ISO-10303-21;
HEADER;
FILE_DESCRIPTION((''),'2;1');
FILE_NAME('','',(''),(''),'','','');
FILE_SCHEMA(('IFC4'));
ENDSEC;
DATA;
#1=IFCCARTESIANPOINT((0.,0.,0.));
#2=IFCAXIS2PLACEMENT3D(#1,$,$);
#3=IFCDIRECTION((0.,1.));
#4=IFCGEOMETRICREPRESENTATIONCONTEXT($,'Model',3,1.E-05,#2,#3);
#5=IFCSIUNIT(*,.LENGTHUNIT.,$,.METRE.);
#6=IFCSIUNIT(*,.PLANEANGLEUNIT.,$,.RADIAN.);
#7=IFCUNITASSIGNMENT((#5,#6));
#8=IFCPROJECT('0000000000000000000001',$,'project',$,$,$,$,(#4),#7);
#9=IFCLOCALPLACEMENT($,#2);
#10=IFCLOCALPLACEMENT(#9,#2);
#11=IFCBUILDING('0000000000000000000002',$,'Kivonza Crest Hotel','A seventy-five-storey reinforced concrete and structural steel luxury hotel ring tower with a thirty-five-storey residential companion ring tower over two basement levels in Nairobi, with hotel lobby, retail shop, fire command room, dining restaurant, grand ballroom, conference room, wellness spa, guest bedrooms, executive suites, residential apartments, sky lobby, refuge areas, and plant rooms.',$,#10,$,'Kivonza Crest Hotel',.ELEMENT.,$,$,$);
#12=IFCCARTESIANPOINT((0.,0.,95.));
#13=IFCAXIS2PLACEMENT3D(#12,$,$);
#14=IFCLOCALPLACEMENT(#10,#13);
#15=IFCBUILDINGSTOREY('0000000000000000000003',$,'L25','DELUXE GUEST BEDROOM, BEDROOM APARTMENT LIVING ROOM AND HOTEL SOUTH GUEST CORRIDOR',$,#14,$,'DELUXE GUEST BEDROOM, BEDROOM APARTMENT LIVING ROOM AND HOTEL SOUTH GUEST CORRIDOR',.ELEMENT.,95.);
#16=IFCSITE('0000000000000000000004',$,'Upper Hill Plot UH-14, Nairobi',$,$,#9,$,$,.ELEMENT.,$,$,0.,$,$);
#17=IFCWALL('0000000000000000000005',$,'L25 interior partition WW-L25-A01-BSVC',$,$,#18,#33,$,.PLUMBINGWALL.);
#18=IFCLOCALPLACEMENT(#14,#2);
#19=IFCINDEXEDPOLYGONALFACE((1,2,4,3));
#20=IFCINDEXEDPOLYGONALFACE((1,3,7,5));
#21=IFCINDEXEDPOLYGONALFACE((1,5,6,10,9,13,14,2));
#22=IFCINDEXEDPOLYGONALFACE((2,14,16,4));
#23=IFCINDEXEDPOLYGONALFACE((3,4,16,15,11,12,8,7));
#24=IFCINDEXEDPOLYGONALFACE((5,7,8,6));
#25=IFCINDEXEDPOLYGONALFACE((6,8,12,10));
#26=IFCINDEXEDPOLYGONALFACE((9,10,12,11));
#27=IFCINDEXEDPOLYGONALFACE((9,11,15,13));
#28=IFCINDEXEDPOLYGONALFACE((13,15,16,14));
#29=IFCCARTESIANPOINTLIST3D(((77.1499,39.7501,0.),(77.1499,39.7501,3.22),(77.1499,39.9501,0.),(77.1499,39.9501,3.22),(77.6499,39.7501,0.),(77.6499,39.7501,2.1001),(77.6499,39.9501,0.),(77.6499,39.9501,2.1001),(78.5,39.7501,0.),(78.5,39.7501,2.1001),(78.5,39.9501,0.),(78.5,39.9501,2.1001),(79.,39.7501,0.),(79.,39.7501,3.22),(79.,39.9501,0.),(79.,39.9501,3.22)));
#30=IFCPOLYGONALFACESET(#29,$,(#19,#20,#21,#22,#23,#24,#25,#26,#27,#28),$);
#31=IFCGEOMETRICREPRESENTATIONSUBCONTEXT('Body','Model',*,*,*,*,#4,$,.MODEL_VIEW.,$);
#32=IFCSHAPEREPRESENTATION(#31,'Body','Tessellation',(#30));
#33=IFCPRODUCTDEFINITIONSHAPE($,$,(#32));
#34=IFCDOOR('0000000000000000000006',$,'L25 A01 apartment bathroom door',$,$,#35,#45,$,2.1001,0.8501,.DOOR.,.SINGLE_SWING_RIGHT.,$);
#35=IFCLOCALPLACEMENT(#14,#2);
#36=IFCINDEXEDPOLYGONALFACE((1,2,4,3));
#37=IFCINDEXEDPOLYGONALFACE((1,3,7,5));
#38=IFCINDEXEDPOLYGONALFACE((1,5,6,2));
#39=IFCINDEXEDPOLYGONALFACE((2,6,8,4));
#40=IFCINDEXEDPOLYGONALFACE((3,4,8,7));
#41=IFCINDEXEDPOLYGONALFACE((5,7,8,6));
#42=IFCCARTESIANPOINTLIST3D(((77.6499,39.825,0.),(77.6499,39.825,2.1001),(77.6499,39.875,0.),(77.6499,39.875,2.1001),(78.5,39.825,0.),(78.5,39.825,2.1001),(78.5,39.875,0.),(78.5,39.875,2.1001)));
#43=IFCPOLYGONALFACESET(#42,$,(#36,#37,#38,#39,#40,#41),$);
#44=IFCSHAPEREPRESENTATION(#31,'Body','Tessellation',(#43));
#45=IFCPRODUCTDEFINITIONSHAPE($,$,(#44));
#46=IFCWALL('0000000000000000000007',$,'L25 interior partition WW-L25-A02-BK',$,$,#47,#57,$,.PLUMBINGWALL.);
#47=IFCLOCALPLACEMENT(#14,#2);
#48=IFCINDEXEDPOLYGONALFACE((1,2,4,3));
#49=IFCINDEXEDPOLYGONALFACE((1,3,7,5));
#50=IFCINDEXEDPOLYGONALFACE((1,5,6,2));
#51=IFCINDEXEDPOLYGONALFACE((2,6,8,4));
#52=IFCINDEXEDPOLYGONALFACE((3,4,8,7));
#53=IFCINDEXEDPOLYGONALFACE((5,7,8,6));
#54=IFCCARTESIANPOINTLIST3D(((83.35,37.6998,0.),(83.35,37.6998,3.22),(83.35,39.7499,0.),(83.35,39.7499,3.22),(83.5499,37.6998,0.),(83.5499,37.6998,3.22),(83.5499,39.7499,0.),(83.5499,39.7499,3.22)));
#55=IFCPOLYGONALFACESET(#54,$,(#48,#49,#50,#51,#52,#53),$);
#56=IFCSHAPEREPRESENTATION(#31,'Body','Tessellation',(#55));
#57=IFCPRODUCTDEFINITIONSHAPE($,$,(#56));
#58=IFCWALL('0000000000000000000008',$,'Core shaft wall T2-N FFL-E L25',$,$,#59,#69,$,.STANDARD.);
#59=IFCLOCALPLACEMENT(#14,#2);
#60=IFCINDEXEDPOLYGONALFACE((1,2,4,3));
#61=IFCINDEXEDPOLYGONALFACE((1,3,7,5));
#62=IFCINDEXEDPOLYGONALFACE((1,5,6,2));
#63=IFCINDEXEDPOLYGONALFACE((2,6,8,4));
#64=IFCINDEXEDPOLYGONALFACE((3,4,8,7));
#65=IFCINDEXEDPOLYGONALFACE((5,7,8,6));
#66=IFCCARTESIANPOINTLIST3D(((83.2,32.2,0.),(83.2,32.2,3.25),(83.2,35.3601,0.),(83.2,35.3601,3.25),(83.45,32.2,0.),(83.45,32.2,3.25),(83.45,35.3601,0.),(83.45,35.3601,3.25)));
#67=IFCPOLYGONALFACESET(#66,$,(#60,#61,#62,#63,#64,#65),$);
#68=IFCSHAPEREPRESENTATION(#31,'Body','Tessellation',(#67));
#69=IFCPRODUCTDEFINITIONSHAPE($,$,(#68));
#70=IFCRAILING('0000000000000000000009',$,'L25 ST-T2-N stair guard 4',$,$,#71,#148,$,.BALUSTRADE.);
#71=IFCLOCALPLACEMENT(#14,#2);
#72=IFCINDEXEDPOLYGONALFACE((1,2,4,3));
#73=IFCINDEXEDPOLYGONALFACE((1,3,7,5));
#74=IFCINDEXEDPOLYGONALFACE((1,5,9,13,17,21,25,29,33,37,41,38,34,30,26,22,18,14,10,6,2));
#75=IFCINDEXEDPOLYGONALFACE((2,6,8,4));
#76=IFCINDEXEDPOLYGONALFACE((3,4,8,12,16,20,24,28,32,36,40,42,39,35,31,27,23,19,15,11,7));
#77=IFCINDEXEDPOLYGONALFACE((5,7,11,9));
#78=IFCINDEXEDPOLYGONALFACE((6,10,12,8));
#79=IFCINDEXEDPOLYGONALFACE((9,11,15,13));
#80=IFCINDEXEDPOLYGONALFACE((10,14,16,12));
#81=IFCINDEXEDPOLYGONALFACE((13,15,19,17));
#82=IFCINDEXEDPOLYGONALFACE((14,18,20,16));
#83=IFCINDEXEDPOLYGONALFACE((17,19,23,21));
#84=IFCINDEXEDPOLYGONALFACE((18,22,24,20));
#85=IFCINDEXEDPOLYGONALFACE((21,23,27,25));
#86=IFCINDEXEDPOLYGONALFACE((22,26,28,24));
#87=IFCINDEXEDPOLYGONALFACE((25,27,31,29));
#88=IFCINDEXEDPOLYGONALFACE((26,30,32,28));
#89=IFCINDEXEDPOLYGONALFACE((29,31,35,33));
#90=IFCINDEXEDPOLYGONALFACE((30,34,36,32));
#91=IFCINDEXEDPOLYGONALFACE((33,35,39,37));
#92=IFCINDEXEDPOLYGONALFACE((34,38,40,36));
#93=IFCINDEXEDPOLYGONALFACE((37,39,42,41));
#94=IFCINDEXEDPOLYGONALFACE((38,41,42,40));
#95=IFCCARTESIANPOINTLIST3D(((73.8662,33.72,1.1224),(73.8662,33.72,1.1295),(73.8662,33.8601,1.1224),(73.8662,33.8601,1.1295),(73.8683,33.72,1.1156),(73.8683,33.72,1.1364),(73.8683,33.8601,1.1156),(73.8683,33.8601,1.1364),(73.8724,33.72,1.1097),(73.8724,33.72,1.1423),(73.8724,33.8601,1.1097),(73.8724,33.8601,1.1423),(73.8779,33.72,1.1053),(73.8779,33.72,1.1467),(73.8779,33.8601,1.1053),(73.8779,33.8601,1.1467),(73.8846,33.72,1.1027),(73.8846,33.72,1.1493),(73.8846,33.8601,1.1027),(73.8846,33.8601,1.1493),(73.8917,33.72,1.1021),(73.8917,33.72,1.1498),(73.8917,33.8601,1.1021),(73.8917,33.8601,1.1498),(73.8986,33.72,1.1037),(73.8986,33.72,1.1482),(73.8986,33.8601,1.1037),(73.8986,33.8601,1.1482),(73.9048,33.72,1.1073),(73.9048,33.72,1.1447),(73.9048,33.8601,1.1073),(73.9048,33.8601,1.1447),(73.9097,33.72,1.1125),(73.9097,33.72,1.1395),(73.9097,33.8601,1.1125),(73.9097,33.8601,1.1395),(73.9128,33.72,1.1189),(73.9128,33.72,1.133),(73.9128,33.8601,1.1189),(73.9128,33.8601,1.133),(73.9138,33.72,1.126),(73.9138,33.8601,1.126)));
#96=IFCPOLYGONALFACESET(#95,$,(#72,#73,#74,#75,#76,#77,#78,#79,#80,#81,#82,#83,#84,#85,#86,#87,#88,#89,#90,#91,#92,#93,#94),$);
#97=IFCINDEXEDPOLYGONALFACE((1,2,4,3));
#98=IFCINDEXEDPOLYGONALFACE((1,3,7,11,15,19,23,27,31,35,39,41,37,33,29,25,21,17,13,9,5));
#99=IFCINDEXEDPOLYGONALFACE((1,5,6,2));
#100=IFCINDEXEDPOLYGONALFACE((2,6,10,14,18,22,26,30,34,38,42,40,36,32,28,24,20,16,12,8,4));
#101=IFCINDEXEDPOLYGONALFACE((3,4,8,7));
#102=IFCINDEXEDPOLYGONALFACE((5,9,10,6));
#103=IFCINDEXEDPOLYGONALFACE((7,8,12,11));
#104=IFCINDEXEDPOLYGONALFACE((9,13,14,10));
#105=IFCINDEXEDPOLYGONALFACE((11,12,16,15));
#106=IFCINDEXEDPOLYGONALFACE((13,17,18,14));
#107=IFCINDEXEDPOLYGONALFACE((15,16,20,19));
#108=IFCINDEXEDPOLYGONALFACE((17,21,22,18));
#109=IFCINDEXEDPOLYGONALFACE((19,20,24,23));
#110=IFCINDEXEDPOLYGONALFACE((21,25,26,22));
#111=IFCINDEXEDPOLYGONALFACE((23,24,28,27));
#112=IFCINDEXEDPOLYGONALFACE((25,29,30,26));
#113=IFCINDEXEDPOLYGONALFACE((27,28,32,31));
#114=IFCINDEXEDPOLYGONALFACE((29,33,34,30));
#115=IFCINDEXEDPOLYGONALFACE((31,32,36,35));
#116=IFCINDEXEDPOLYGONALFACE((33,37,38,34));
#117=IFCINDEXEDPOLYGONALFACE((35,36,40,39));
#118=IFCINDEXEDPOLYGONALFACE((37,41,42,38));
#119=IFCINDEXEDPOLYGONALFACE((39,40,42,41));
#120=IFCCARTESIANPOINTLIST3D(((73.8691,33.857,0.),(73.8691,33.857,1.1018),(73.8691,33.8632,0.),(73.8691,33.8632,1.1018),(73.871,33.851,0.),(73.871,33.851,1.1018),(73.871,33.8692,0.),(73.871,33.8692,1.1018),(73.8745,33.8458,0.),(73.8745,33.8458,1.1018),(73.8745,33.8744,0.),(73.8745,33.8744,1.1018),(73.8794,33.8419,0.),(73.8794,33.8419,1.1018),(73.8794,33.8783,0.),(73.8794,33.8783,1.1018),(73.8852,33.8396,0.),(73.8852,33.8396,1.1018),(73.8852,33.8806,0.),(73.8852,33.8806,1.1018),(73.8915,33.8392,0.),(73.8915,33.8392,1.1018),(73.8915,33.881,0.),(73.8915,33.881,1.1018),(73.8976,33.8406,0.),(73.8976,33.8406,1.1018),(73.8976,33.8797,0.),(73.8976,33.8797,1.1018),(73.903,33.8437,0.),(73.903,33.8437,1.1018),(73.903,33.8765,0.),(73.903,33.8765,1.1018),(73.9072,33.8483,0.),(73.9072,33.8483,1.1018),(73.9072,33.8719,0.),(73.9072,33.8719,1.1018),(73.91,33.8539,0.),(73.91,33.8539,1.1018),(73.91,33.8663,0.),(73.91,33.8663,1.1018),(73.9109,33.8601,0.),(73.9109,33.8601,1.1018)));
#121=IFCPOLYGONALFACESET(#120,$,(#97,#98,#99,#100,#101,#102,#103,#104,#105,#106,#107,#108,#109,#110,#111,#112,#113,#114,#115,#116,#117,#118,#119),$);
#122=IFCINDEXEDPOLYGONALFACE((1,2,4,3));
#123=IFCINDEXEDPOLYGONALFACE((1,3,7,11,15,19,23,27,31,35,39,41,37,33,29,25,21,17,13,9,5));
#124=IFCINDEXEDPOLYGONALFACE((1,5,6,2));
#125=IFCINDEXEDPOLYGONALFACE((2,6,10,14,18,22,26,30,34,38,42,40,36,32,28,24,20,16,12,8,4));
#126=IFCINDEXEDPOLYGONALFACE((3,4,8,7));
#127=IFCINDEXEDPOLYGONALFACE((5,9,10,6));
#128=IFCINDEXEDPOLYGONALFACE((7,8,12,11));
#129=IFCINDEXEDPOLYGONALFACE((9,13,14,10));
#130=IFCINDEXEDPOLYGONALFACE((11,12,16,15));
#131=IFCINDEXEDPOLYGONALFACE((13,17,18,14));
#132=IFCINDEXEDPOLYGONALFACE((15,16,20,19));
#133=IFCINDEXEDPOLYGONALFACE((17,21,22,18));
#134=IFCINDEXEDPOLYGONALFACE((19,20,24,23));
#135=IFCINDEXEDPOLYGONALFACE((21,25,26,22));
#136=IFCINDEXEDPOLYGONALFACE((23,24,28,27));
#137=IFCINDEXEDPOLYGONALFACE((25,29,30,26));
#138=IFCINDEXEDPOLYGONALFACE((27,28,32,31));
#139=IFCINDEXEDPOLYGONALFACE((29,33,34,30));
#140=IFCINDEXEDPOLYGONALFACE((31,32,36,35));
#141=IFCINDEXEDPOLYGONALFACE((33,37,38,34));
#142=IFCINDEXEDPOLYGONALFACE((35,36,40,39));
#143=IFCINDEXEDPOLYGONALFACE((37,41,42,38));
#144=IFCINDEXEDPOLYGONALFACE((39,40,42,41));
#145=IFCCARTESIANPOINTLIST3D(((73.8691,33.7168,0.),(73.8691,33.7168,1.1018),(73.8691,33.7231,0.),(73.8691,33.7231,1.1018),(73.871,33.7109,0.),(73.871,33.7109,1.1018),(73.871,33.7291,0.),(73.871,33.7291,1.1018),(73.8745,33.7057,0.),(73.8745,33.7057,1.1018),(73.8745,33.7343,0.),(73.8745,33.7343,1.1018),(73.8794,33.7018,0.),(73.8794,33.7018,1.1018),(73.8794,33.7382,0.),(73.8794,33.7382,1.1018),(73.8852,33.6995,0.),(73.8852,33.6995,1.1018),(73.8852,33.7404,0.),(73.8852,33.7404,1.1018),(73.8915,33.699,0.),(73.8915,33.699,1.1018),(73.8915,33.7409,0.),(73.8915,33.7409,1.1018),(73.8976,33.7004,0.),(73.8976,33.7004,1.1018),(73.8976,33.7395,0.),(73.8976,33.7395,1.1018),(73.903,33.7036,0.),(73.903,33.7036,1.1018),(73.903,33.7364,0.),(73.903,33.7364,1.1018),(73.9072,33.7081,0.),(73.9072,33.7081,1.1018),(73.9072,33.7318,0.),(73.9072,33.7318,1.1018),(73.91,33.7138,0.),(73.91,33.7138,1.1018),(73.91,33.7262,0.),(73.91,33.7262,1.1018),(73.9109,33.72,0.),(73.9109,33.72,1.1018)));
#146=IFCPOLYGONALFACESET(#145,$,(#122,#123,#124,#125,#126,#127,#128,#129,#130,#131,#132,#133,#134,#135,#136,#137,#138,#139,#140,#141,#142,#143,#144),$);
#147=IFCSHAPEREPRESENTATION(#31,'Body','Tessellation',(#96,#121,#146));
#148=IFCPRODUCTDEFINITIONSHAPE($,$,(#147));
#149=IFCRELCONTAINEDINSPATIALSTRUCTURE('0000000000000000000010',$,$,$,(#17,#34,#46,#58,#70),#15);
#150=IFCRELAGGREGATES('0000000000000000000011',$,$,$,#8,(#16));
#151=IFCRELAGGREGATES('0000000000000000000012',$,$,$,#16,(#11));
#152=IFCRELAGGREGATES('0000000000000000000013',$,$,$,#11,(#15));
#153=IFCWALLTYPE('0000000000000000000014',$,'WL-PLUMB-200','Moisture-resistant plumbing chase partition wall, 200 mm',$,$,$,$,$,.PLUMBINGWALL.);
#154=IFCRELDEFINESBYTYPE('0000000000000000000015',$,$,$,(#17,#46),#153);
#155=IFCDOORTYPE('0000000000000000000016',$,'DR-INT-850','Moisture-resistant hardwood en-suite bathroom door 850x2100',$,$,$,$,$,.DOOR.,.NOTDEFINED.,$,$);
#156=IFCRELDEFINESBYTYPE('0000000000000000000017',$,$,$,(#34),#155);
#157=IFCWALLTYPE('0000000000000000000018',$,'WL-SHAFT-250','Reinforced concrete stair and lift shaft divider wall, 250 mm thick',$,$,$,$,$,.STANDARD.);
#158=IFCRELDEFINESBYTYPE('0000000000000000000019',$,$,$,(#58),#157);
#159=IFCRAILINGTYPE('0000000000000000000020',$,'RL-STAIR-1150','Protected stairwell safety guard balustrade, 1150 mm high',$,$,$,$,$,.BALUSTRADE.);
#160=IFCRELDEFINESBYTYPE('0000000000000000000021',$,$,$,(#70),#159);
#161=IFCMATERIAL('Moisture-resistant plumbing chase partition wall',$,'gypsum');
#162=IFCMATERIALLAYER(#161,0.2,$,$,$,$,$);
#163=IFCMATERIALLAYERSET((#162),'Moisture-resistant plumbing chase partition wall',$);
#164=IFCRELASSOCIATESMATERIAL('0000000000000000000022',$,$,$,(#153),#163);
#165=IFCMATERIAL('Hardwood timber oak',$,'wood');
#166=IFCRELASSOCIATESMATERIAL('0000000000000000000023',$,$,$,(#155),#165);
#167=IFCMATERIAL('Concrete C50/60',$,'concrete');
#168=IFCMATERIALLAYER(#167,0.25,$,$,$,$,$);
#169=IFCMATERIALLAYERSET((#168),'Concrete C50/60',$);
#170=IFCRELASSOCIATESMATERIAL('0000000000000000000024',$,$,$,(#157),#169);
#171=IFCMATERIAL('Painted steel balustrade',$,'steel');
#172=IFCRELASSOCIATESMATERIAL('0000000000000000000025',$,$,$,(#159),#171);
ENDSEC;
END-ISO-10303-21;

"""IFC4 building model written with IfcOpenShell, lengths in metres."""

from ifc_helpers import new_model, si_unit, direction, frame, frame_2d, origin, origin_2d, place, context, subcontext, project, spatial, rectangle, circle, extrude, material, layer, layer_set, type_object, element, fill, save


model = new_model("IFC4")

# Units and contexts
model_context = context("Model", 3, precision=1e-05, world=origin(), true_north=direction((0.0, 1.0)))
body_context = subcontext(model_context, "Body", "Model", "MODEL_VIEW")
ifc_project = project(units=[si_unit("LENGTHUNIT", "METRE"), si_unit("PLANEANGLEUNIT", "RADIAN")], contexts=[model_context])

# Site, building, storey
site_placement = place(None, origin())
site = spatial("IfcSite", under=ifc_project, at=site_placement, Name="Upper Hill Plot UH-14, Nairobi", CompositionType="ELEMENT", RefElevation=0.0)
building_placement = place(site_placement, origin())
building = spatial("IfcBuilding", under=site, at=building_placement, Name="Kivonza Crest Hotel", Description="A seventy-five-storey reinforced concrete and structural steel luxury hotel ring tower with a thirty-five-storey residential companion ring tower over two basement levels in Nairobi, with hotel lobby, retail shop, fire command room, dining restaurant, grand ballroom, conference room, wellness spa, guest bedrooms, executive suites, residential apartments, sky lobby, refuge areas, and plant rooms.", LongName="Kivonza Crest Hotel", CompositionType="ELEMENT")
storey_placement = place(building_placement, frame((0.0, 0.0, 95.0)))
storey = spatial("IfcBuildingStorey", under=building, at=storey_placement, Name="L25", Description="DELUXE GUEST BEDROOM, BEDROOM APARTMENT LIVING ROOM AND HOTEL SOUTH GUEST CORRIDOR", LongName="DELUXE GUEST BEDROOM, BEDROOM APARTMENT LIVING ROOM AND HOTEL SOUTH GUEST CORRIDOR", CompositionType="ELEMENT", Elevation=95.0)

# Shared definitions
ifc_material_1 = material(Name="Hardwood timber oak", Category="wood")

# Shared definitions
ifc_material_2 = material(Name="Moisture-resistant plumbing chase partition wall", Category="gypsum")
ifc_layer_1 = layer(ifc_material_2, 0.2)
ifc_layer_set_1 = layer_set([ifc_layer_1], Name="Moisture-resistant plumbing chase partition wall")
wall_type_1 = type_object("IfcWallType", Name="WL-PLUMB-200", Description="Moisture-resistant plumbing chase partition wall, 200 mm", PredefinedType="PLUMBINGWALL", material=ifc_layer_set_1)

# Wall, opening, door
wall_1_placement = place(storey_placement, frame((77.1499, 39.8501, 0.0), z_axis=(0.0, 0.0, 1.0), x_axis=(1.0, 0.0, 0.0)))
wall_1 = element("IfcWall", 1, at=wall_1_placement, inside=storey, type_object=wall_type_1, Name="L25 interior partition WW-L25-A01-BSVC", PredefinedType="PLUMBINGWALL", context=body_context, shape_type="SweptSolid", body=[
    extrude(rectangle(XDim=1.8501, YDim=0.2, at=frame_2d((0.925, 0.0))), origin(), (0.0, 0.0, 1.0), 3.22),
])
opening_1_placement = place(wall_1_placement, frame((0.5, 0.0, 0.0)))
opening_1 = element("IfcOpeningElement", 2, at=opening_1_placement, cuts=wall_1, PredefinedType="OPENING", context=body_context, shape_type="SweptSolid", body=[
    extrude(rectangle(XDim=0.8501, YDim=2.1001, at=frame_2d((0.425, 1.05))), frame((0.0, 0.1099, 0.0), z_axis=(0.0, -1.0, 0.0), x_axis=(1.0, 0.0, 0.0)), (0.0, 0.0, 1.0), 0.22),
])
door_type_1 = type_object("IfcDoorType", Name="DR-INT-850", Description="Moisture-resistant hardwood en-suite bathroom door 850x2100", OperationType="NOTDEFINED", PredefinedType="DOOR", material=ifc_material_1)
door_1_placement = place(opening_1_placement, origin())
door_1 = element("IfcDoor", 3, at=door_1_placement, inside=storey, type_object=door_type_1, Name="L25 A01 apartment bathroom door", OperationType="SINGLE_SWING_RIGHT", OverallHeight=2.1001, OverallWidth=0.8501, PredefinedType="DOOR", context=body_context, shape_type="SweptSolid", body=[
    extrude(rectangle(XDim=0.8501, YDim=2.1001, at=frame_2d((0.425, 1.05))), frame((0.0, 0.0249, 0.0), z_axis=(0.0, -1.0, 0.0), x_axis=(1.0, 0.0, 0.0)), (0.0, 0.0, 1.0), 0.05),
])
fill(opening_1, door_1)

# Wall
wall_2_placement = place(storey_placement, frame((83.45, 37.7, 0.0), z_axis=(0.0, 0.0, 1.0), x_axis=(0.0, 1.0, 0.0)))
element("IfcWall", 4, at=wall_2_placement, inside=storey, type_object=wall_type_1, Name="L25 interior partition WW-L25-A02-BK", PredefinedType="PLUMBINGWALL", context=body_context, shape_type="SweptSolid", body=[
    extrude(rectangle(XDim=2.05, YDim=0.2, at=frame_2d((1.0249, 0.0))), origin(), (0.0, 0.0, 1.0), 3.22),
])

# Shared definitions
ifc_material_3 = material(Name="Concrete C50/60", Category="concrete")
ifc_layer_2 = layer(ifc_material_3, 0.25)
ifc_layer_set_2 = layer_set([ifc_layer_2], Name="Concrete C50/60")
wall_type_2 = type_object("IfcWallType", Name="WL-SHAFT-250", Description="Reinforced concrete stair and lift shaft divider wall, 250 mm thick", PredefinedType="STANDARD", material=ifc_layer_set_2)

# Wall
wall_3_placement = place(storey_placement, frame((83.325, 32.2, 0.0), z_axis=(0.0, 0.0, 1.0), x_axis=(0.0, 1.0, 0.0)))
element("IfcWall", 5, at=wall_3_placement, inside=storey, type_object=wall_type_2, Name="Core shaft wall T2-N FFL-E L25", PredefinedType="STANDARD", context=body_context, shape_type="SweptSolid", body=[
    extrude(rectangle(XDim=3.1602, YDim=0.25, at=frame_2d((1.5801, 0.0))), origin(), (0.0, 0.0, 1.0), 3.25),
])

# Railing
ifc_material_4 = material(Name="Painted steel balustrade", Category="steel")
railing_type = type_object("IfcRailingType", Name="RL-STAIR-1150", Description="Protected stairwell safety guard balustrade, 1150 mm high", PredefinedType="BALUSTRADE", material=ifc_material_4)
railing_placement = place(storey_placement, frame((73.8899, 33.8601, 0.0)))
element("IfcRailing", 6, at=railing_placement, inside=storey, type_object=railing_type, Name="L25 ST-T2-N stair guard 4", PredefinedType="BALUSTRADE", context=body_context, shape_type="SweptSolid", body=[
    extrude(circle(Radius=0.0239, at=origin_2d()), frame((0.0, 0.0, 1.126), z_axis=(0.0, -1.0, 0.0), x_axis=(1.0, 0.0, 0.0)), (0.0, 0.0, 1.0), 0.1401),
    extrude(circle(Radius=0.021, at=origin_2d()), origin(), (0.0, 0.0, 1.0), 1.1018),
    extrude(circle(Radius=0.021, at=origin_2d()), frame((0.0, -0.1401, 0.0)), (0.0, 0.0, 1.0), 1.1018),
])

save(model, "model.ifc")
